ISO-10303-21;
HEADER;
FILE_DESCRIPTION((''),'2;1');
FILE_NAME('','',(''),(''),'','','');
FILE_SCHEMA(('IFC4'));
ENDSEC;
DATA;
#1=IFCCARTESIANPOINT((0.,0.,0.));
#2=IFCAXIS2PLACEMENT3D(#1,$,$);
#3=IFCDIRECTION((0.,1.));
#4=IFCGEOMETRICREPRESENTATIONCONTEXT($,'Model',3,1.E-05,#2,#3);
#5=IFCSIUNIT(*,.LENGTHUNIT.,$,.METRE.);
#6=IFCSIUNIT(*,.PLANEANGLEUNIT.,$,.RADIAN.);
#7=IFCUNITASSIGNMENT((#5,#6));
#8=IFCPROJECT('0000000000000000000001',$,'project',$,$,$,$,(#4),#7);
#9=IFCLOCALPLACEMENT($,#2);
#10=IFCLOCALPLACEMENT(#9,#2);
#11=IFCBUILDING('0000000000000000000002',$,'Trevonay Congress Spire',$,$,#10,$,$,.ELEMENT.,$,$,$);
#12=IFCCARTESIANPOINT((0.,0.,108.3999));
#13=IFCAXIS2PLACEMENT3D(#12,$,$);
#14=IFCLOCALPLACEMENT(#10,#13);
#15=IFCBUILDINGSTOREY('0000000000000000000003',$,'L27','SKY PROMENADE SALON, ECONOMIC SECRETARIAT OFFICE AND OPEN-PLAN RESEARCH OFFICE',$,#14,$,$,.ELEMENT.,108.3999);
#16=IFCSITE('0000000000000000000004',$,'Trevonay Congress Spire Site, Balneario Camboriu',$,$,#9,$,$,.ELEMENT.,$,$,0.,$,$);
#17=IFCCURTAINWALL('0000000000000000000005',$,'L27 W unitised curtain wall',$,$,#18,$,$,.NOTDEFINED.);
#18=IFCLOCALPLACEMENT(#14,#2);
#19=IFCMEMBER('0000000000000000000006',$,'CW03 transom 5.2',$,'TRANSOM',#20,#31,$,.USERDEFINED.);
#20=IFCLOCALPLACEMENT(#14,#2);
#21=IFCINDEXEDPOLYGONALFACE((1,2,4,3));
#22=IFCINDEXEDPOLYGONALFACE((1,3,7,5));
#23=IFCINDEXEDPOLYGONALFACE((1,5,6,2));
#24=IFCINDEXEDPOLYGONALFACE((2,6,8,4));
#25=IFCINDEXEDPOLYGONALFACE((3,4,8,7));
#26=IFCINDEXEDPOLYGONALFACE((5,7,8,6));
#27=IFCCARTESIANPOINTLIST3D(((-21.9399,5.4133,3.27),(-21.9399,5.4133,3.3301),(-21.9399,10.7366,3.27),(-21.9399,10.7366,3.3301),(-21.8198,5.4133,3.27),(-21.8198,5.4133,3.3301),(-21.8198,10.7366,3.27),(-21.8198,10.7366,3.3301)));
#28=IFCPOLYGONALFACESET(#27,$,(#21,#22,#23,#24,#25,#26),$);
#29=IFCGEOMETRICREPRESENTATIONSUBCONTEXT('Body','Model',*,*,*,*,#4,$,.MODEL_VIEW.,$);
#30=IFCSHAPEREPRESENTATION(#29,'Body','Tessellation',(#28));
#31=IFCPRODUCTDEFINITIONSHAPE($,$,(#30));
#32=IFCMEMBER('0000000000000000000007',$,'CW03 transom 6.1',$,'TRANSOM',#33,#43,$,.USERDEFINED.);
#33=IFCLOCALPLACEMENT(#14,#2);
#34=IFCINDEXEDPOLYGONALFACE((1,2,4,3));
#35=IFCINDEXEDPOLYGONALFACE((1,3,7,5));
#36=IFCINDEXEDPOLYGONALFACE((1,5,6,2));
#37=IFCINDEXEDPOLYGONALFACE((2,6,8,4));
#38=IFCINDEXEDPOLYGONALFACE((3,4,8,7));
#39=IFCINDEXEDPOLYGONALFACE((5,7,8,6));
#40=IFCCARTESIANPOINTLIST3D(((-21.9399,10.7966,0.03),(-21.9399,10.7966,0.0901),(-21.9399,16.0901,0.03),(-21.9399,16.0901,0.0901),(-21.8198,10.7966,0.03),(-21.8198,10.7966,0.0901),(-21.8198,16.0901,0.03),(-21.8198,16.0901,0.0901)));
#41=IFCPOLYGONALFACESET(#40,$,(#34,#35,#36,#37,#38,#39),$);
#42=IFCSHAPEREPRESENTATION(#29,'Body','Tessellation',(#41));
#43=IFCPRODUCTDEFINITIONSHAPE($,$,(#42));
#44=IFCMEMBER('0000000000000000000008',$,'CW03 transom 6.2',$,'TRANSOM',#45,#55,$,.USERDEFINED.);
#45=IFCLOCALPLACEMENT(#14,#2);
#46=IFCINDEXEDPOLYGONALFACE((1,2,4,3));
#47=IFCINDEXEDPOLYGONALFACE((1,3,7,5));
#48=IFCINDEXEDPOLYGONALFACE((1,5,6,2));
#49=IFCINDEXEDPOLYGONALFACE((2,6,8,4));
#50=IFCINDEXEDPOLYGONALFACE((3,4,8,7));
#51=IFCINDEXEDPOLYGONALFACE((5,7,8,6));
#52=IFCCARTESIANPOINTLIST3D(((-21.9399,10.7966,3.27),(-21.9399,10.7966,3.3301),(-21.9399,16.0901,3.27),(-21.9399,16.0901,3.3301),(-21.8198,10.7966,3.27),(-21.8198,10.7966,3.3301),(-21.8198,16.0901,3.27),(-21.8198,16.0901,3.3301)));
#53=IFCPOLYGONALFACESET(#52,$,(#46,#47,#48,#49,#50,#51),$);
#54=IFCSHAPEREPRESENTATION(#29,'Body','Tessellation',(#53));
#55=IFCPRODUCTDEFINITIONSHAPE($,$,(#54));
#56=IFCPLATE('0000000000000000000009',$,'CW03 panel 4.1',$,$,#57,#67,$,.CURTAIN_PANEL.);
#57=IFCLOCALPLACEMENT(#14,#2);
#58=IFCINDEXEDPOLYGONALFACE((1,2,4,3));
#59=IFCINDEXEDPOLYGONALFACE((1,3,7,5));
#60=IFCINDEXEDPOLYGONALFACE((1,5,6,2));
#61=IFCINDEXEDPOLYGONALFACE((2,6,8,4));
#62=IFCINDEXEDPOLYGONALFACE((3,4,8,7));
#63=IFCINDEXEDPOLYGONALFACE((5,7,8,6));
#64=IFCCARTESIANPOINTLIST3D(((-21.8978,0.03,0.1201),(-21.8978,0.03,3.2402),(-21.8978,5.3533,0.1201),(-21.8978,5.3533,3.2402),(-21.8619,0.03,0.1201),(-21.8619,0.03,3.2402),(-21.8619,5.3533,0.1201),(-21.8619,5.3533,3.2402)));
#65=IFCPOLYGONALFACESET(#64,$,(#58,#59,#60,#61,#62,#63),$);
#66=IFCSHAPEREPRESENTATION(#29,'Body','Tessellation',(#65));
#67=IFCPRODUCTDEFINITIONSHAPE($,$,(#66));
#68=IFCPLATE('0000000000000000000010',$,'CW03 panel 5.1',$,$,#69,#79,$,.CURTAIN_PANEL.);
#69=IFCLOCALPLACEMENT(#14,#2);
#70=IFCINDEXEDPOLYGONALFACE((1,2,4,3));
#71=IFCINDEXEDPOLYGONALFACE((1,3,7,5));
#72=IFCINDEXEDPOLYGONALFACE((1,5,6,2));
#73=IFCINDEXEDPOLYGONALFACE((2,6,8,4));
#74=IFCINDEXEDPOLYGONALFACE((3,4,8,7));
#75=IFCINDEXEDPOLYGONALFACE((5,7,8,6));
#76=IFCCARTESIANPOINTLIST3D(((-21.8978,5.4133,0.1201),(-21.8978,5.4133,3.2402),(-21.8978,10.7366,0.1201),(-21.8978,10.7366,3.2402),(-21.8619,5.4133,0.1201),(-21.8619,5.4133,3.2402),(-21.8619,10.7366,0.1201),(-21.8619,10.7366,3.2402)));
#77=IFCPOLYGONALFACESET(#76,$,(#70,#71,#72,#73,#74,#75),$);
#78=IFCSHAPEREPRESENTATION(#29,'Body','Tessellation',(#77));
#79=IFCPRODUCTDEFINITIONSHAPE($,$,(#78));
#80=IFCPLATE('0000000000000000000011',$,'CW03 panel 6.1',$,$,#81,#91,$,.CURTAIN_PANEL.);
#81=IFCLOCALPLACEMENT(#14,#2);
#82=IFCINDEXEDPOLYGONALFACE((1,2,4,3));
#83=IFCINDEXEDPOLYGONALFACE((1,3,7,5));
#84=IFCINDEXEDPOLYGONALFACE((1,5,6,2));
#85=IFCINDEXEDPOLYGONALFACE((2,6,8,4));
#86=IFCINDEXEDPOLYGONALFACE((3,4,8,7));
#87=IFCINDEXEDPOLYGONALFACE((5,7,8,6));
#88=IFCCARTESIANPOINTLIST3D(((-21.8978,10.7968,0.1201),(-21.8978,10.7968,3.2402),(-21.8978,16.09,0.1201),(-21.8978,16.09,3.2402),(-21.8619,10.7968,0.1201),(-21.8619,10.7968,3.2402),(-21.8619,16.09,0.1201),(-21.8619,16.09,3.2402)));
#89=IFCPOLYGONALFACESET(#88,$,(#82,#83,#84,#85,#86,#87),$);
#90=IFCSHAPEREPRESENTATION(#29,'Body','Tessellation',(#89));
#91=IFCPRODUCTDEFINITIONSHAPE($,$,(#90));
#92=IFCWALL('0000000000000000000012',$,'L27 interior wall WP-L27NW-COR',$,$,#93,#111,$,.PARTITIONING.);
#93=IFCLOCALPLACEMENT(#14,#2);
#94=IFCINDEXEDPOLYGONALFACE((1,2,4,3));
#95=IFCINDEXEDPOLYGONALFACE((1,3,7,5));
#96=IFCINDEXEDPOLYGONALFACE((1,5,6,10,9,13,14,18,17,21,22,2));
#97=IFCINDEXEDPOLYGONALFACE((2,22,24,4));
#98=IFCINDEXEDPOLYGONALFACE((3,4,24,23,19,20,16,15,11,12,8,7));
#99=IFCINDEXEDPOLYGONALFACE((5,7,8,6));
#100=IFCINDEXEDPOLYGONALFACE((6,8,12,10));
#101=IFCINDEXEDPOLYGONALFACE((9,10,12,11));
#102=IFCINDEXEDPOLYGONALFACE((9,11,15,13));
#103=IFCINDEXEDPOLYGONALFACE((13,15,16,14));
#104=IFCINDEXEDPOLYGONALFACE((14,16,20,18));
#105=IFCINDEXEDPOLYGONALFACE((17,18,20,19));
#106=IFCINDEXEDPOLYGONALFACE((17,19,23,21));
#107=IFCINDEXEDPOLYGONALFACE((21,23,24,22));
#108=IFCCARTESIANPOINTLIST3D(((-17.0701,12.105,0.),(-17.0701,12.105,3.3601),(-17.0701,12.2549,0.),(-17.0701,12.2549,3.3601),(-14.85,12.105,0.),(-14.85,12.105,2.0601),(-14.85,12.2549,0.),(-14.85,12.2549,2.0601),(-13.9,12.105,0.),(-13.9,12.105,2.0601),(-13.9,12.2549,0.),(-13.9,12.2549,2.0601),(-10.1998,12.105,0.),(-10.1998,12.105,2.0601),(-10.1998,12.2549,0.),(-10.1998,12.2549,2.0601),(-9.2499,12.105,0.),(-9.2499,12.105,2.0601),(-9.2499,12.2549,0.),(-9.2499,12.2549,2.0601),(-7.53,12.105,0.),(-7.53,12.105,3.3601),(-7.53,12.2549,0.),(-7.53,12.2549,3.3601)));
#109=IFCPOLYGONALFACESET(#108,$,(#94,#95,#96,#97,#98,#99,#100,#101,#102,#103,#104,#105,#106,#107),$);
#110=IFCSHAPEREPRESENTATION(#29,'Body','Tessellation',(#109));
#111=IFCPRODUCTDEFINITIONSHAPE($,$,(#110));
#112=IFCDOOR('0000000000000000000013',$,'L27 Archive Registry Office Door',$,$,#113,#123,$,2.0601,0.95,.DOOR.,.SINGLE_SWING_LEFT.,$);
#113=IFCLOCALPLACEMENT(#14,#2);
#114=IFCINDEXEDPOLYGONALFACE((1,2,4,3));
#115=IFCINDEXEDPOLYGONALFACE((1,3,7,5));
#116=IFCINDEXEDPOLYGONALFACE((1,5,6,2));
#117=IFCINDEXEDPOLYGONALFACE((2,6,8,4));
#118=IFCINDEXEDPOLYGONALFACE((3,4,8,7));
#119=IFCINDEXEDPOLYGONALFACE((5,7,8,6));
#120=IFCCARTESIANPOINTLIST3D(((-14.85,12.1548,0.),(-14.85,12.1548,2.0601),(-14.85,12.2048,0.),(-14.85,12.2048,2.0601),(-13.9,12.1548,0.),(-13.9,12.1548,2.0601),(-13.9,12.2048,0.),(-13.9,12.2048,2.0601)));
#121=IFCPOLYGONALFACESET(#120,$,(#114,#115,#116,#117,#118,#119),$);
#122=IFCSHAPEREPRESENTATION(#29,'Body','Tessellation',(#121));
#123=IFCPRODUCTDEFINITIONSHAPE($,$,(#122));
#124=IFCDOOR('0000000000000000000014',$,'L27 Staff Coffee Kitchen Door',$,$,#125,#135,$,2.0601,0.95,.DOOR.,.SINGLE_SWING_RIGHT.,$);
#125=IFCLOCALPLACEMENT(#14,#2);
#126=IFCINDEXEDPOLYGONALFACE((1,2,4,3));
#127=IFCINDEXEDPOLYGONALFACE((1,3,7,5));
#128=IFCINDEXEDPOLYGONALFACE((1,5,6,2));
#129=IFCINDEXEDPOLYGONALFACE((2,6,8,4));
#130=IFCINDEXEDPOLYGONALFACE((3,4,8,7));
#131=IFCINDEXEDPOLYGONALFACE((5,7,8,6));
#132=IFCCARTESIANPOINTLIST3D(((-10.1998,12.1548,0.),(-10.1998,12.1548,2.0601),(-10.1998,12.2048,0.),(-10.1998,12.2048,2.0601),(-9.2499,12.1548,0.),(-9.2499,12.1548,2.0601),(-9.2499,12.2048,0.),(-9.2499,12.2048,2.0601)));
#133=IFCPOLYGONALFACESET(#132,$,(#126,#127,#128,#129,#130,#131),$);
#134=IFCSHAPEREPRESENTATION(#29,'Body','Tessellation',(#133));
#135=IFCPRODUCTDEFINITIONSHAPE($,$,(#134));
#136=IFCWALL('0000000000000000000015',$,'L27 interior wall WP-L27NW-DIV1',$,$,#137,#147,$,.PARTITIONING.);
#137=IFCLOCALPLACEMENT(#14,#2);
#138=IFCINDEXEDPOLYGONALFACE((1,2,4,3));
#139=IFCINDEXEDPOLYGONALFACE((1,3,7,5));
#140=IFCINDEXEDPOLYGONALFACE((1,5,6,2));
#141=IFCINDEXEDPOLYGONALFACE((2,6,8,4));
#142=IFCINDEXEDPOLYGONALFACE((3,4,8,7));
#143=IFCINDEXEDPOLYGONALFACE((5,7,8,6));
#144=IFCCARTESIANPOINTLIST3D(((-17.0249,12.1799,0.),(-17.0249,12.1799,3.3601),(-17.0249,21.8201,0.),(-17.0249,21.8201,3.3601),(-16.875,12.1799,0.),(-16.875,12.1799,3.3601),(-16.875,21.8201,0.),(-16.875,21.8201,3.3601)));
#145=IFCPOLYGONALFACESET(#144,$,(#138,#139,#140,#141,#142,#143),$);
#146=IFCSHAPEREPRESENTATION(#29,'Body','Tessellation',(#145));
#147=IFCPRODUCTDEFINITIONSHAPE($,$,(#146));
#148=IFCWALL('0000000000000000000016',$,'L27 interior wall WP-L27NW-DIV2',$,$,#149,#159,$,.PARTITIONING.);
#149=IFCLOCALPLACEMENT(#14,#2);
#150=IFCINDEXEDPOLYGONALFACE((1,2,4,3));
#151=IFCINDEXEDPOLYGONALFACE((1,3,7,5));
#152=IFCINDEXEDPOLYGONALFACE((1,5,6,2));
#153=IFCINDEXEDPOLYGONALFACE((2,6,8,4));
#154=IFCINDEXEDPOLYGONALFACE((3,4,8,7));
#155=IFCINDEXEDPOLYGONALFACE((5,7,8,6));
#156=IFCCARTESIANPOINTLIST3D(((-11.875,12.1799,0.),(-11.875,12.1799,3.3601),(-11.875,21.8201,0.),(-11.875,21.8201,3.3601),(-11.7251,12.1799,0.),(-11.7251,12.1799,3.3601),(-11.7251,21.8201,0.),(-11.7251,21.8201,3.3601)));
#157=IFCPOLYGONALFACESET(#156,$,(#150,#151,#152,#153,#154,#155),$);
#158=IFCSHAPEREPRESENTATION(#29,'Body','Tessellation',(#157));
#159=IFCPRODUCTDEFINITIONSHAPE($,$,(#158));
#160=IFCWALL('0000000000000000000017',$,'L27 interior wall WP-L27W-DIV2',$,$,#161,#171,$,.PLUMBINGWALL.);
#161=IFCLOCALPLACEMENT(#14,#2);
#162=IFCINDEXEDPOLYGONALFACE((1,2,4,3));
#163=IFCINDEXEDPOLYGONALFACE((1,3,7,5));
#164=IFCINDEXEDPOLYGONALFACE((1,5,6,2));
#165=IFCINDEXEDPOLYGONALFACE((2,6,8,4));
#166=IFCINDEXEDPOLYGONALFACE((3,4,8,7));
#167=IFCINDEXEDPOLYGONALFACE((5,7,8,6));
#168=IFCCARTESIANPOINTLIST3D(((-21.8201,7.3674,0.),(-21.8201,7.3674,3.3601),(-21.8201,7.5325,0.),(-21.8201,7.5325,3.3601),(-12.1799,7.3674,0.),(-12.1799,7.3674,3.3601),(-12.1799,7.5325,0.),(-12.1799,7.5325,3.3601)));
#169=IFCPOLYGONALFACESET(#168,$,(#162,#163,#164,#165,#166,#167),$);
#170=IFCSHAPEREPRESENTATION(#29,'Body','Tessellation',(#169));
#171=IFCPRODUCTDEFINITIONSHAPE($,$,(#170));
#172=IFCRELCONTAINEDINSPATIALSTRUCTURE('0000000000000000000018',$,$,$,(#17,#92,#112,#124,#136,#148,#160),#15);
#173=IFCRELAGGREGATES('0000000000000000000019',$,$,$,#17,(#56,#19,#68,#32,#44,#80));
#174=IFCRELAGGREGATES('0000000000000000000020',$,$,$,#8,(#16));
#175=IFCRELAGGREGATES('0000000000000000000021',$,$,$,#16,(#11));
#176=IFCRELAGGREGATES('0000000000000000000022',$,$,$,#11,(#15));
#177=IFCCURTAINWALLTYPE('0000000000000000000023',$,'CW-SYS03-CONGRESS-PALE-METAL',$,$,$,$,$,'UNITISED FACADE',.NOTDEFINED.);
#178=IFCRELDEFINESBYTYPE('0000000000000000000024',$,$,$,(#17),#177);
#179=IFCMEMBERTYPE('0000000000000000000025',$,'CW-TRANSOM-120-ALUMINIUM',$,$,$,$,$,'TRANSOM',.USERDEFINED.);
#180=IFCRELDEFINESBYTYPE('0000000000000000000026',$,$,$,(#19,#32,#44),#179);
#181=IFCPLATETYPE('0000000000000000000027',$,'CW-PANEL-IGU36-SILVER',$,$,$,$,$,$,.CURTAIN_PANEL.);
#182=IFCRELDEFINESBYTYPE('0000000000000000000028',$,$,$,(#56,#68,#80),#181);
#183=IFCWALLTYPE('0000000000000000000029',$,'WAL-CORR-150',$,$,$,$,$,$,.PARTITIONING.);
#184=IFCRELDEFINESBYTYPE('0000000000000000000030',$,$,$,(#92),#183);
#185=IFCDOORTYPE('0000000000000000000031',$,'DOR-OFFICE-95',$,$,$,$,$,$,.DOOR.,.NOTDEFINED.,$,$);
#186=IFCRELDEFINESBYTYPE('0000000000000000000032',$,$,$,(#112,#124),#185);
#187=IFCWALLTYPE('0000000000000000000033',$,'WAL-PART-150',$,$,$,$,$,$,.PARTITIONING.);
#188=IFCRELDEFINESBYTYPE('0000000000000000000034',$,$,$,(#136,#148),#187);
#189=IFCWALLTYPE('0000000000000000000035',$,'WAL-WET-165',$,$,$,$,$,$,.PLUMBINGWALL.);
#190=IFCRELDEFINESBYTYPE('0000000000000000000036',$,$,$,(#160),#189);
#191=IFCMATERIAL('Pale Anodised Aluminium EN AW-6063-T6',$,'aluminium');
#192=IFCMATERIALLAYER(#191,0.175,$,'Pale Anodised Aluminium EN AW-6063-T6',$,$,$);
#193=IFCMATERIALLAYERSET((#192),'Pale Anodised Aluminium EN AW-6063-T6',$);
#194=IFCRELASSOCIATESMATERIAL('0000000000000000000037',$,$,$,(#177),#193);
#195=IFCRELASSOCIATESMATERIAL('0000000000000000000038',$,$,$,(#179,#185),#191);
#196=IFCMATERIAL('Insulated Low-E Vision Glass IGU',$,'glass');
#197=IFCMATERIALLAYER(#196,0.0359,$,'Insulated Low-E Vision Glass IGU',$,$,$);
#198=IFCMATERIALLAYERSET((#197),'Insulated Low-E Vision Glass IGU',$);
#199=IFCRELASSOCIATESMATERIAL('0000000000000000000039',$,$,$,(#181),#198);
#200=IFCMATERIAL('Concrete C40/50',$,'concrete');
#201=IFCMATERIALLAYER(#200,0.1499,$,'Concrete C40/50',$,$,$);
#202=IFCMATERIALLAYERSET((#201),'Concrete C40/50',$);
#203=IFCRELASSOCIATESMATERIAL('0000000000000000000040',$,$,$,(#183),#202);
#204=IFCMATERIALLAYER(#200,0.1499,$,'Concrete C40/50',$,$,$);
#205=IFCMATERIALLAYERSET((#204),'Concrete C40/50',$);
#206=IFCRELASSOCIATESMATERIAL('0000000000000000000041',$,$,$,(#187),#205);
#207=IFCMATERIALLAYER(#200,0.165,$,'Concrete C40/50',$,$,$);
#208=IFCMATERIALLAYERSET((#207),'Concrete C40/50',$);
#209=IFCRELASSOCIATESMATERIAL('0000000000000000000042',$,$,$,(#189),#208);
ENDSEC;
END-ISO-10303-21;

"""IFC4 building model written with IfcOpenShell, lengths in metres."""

from ifc_helpers import new_model, si_unit, direction, frame, frame_2d, origin, origin_2d, place, context, subcontext, project, spatial, rectangle, extrude, material, layer, layer_set, material_profile, profile_set, type_object, element, fill, aggregate, save


model = new_model("IFC4")

# Units and contexts
model_context = context("Model", 3, precision=1e-05, world=origin(), true_north=direction((0.0, 1.0)))
body_context = subcontext(model_context, "Body", "Model", "MODEL_VIEW")
ifc_project = project(units=[si_unit("LENGTHUNIT", "METRE"), si_unit("PLANEANGLEUNIT", "RADIAN")], contexts=[model_context])

# Site, building, storey
site_placement = place(None, origin())
site = spatial("IfcSite", under=ifc_project, at=site_placement, Name="Trevonay Congress Spire Site, Balneario Camboriu", CompositionType="ELEMENT", RefElevation=0.0)
building_placement = place(site_placement, origin())
building = spatial("IfcBuilding", under=site, at=building_placement, Name="Trevonay Congress Spire", CompositionType="ELEMENT")
storey_placement = place(building_placement, frame((0.0, 0.0, 108.3999)))
storey = spatial("IfcBuildingStorey", under=building, at=storey_placement, Name="L27", Description="SKY PROMENADE SALON, ECONOMIC SECRETARIAT OFFICE AND OPEN-PLAN RESEARCH OFFICE", CompositionType="ELEMENT", Elevation=108.3999)

# Curtain wall, members, plates
ifc_material_1 = material(Name="Pale Anodised Aluminium EN AW-6063-T6", Category="aluminium")
ifc_layer_1 = layer(ifc_material_1, 0.175, Name="Pale Anodised Aluminium EN AW-6063-T6")
ifc_layer_set_1 = layer_set([ifc_layer_1], Name="Pale Anodised Aluminium EN AW-6063-T6")
curtain_wall_type = type_object("IfcCurtainWallType", Name="CW-SYS03-CONGRESS-PALE-METAL", ElementType="UNITISED FACADE", PredefinedType="NOTDEFINED", material=ifc_layer_set_1)
curtain_wall_placement = place(storey_placement, origin())
curtain_wall = element("IfcCurtainWall", 1, at=curtain_wall_placement, inside=storey, type_object=curtain_wall_type, Name="L27 W unitised curtain wall", PredefinedType="NOTDEFINED")
ifc_material_profile_1 = material_profile(ifc_material_1, rectangle(XDim=0.1201, YDim=0.0601, at=origin_2d()), Name="CW-TRANSOM-120-ALUMINIUM")
ifc_profile_set_1 = profile_set([ifc_material_profile_1], Name="Pale Anodised Aluminium EN AW-6063-T6")
member_type_1 = type_object("IfcMemberType", Name="CW-TRANSOM-120-ALUMINIUM", ElementType="TRANSOM", PredefinedType="USERDEFINED", material=ifc_profile_set_1)
member_1_placement = place(storey_placement, frame((-21.8799, 5.4133, 3.3), z_axis=(0.0, 1.0, 0.0), x_axis=(-1.0, 0.0, 0.0)))
member_1 = element("IfcMember", 2, at=member_1_placement, type_object=member_type_1, Name="CW03 transom 5.2", ObjectType="TRANSOM", PredefinedType="USERDEFINED", context=body_context, shape_type="SweptSolid", body=[
    extrude(rectangle(XDim=0.1201, YDim=0.0601, at=origin_2d()), origin(), (0.0, 0.0, 1.0), 5.3232),
])
member_2_placement = place(storey_placement, frame((-21.8799, 10.7966, 0.0601), z_axis=(0.0, 1.0, 0.0), x_axis=(-1.0, 0.0, 0.0)))
member_2 = element("IfcMember", 3, at=member_2_placement, type_object=member_type_1, Name="CW03 transom 6.1", ObjectType="TRANSOM", PredefinedType="USERDEFINED", context=body_context, shape_type="SweptSolid", body=[
    extrude(rectangle(XDim=0.1201, YDim=0.0601, at=origin_2d()), origin(), (0.0, 0.0, 1.0), 5.2935),
])
member_3_placement = place(storey_placement, frame((-21.8799, 10.7966, 3.3), z_axis=(0.0, 1.0, 0.0), x_axis=(-1.0, 0.0, 0.0)))
member_3 = element("IfcMember", 4, at=member_3_placement, type_object=member_type_1, Name="CW03 transom 6.2", ObjectType="TRANSOM", PredefinedType="USERDEFINED", context=body_context, shape_type="SweptSolid", body=[
    extrude(rectangle(XDim=0.1201, YDim=0.0601, at=origin_2d()), origin(), (0.0, 0.0, 1.0), 5.2935),
])
ifc_material_2 = material(Name="Insulated Low-E Vision Glass IGU", Category="glass")
ifc_layer_2 = layer(ifc_material_2, 0.0359, Name="Insulated Low-E Vision Glass IGU")
ifc_layer_set_2 = layer_set([ifc_layer_2], Name="Insulated Low-E Vision Glass IGU")
plate_type = type_object("IfcPlateType", Name="CW-PANEL-IGU36-SILVER", PredefinedType="CURTAIN_PANEL", material=ifc_layer_set_2)
plate_1_placement = place(storey_placement, frame((-21.8799, 2.6917, 0.1201), z_axis=(0.0, 0.0, 1.0), x_axis=(0.0, 1.0, 0.0)))
plate_1 = element("IfcPlate", 5, at=plate_1_placement, type_object=plate_type, Name="CW03 panel 4.1", PredefinedType="CURTAIN_PANEL", context=body_context, shape_type="SweptSolid", body=[
    extrude(rectangle(XDim=5.3232, YDim=0.0359, at=origin_2d()), origin(), (0.0, 0.0, 1.0), 3.1201),
])
plate_2_placement = place(storey_placement, frame((-21.8799, 8.075, 0.1201), z_axis=(0.0, 0.0, 1.0), x_axis=(0.0, 1.0, 0.0)))
plate_2 = element("IfcPlate", 6, at=plate_2_placement, type_object=plate_type, Name="CW03 panel 5.1", PredefinedType="CURTAIN_PANEL", context=body_context, shape_type="SweptSolid", body=[
    extrude(rectangle(XDim=5.3232, YDim=0.0359, at=origin_2d()), origin(), (0.0, 0.0, 1.0), 3.1201),
])
plate_3_placement = place(storey_placement, frame((-21.8799, 13.4434, 0.1201), z_axis=(0.0, 0.0, 1.0), x_axis=(0.0, 1.0, 0.0)))
plate_3 = element("IfcPlate", 7, at=plate_3_placement, type_object=plate_type, Name="CW03 panel 6.1", PredefinedType="CURTAIN_PANEL", context=body_context, shape_type="SweptSolid", body=[
    extrude(rectangle(XDim=5.2932, YDim=0.0359, at=origin_2d()), origin(), (0.0, 0.0, 1.0), 3.1201),
])
aggregate(curtain_wall, [plate_1, member_1, plate_2, member_2, member_3, plate_3])

# Wall, openings, doors
ifc_material_3 = material(Name="Concrete C40/50", Category="concrete")
ifc_layer_3 = layer(ifc_material_3, 0.1499, Name="Concrete C40/50")
ifc_layer_set_3 = layer_set([ifc_layer_3], Name="Concrete C40/50")
wall_type_1 = type_object("IfcWallType", Name="WAL-CORR-150", PredefinedType="PARTITIONING", material=ifc_layer_set_3)
wall_1_placement = place(storey_placement, frame((-17.0701, 12.1799, 0.0), z_axis=(0.0, 0.0, 1.0), x_axis=(1.0, 0.0, 0.0)))
wall_1 = element("IfcWall", 8, at=wall_1_placement, inside=storey, type_object=wall_type_1, Name="L27 interior wall WP-L27NW-COR", PredefinedType="PARTITIONING", context=body_context, shape_type="SweptSolid", body=[
    extrude(rectangle(XDim=9.54, YDim=0.1499, at=frame_2d((4.77, 0.0))), origin(), (0.0, 0.0, 1.0), 3.3601),
])
opening_1_placement = place(wall_1_placement, frame((2.22, 0.0, 0.0)))
opening_1 = element("IfcOpeningElement", 9, at=opening_1_placement, cuts=wall_1, PredefinedType="OPENING", context=body_context, shape_type="SweptSolid", body=[
    extrude(rectangle(XDim=0.95, YDim=2.0601, at=frame_2d((0.4751, 1.03))), frame((0.0, 0.085, 0.0), z_axis=(0.0, -1.0, 0.0), x_axis=(1.0, 0.0, 0.0)), (0.0, 0.0, 1.0), 0.1699),
])
opening_2_placement = place(wall_1_placement, frame((6.8701, 0.0, 0.0)))
opening_2 = element("IfcOpeningElement", 10, at=opening_2_placement, cuts=wall_1, PredefinedType="OPENING", context=body_context, shape_type="SweptSolid", body=[
    extrude(rectangle(XDim=0.95, YDim=2.0601, at=frame_2d((0.4751, 1.03))), frame((0.0, 0.085, 0.0), z_axis=(0.0, -1.0, 0.0), x_axis=(1.0, 0.0, 0.0)), (0.0, 0.0, 1.0), 0.1699),
])
door_type = type_object("IfcDoorType", Name="DOR-OFFICE-95", OperationType="NOTDEFINED", PredefinedType="DOOR", material=ifc_material_1)
door_1_placement = place(opening_1_placement, origin())
door_1 = element("IfcDoor", 11, at=door_1_placement, inside=storey, type_object=door_type, Name="L27 Archive Registry Office Door", OperationType="SINGLE_SWING_LEFT", OverallHeight=2.0601, OverallWidth=0.95, PredefinedType="DOOR", context=body_context, shape_type="SweptSolid", body=[
    extrude(rectangle(XDim=0.95, YDim=2.0601, at=frame_2d((0.4751, 1.03))), frame((0.0, 0.0249, 0.0), z_axis=(0.0, -1.0, 0.0), x_axis=(1.0, 0.0, 0.0)), (0.0, 0.0, 1.0), 0.05),
])
fill(opening_1, door_1)
door_2_placement = place(opening_2_placement, origin())
door_2 = element("IfcDoor", 12, at=door_2_placement, inside=storey, type_object=door_type, Name="L27 Staff Coffee Kitchen Door", OperationType="SINGLE_SWING_RIGHT", OverallHeight=2.0601, OverallWidth=0.95, PredefinedType="DOOR", context=body_context, shape_type="SweptSolid", body=[
    extrude(rectangle(XDim=0.95, YDim=2.0601, at=frame_2d((0.4751, 1.03))), frame((0.0, 0.0249, 0.0), z_axis=(0.0, -1.0, 0.0), x_axis=(1.0, 0.0, 0.0)), (0.0, 0.0, 1.0), 0.05),
])
fill(opening_2, door_2)

# Walls
ifc_layer_4 = layer(ifc_material_3, 0.1499, Name="Concrete C40/50")
ifc_layer_set_4 = layer_set([ifc_layer_4], Name="Concrete C40/50")
wall_type_2 = type_object("IfcWallType", Name="WAL-PART-150", PredefinedType="PARTITIONING", material=ifc_layer_set_4)
for number, where, z_axis, x_axis, name in (
    (13, (-16.95, 12.1799, 0.0), (0.0, 0.0, 1.0), (0.0, 1.0, 0.0), "L27 interior wall WP-L27NW-DIV1"),
    (14, (-11.8, 12.1799, 0.0), (0.0, 0.0, 1.0), (0.0, 1.0, 0.0), "L27 interior wall WP-L27NW-DIV2"),
):
    element("IfcWall", number, at=place(storey_placement, frame(where, z_axis=z_axis, x_axis=x_axis)), inside=storey, type_object=wall_type_2, Name=name, PredefinedType="PARTITIONING", context=body_context, shape_type="SweptSolid", body=[
        extrude(rectangle(XDim=9.6401, YDim=0.1499, at=frame_2d((4.8201, 0.0))), origin(), (0.0, 0.0, 1.0), 3.3601),
    ])
ifc_layer_5 = layer(ifc_material_3, 0.165, Name="Concrete C40/50")
ifc_layer_set_5 = layer_set([ifc_layer_5], Name="Concrete C40/50")
wall_type_3 = type_object("IfcWallType", Name="WAL-WET-165", PredefinedType="PLUMBINGWALL", material=ifc_layer_set_5)
wall_2_placement = place(storey_placement, frame((-21.8201, 7.45, 0.0), z_axis=(0.0, 0.0, 1.0), x_axis=(1.0, 0.0, 0.0)))
element("IfcWall", 15, at=wall_2_placement, inside=storey, type_object=wall_type_3, Name="L27 interior wall WP-L27W-DIV2", PredefinedType="PLUMBINGWALL", context=body_context, shape_type="SweptSolid", body=[
    extrude(rectangle(XDim=9.6401, YDim=0.165, at=frame_2d((4.8201, 0.0))), origin(), (0.0, 0.0, 1.0), 3.3601),
])

save(model, "model.ifc")
